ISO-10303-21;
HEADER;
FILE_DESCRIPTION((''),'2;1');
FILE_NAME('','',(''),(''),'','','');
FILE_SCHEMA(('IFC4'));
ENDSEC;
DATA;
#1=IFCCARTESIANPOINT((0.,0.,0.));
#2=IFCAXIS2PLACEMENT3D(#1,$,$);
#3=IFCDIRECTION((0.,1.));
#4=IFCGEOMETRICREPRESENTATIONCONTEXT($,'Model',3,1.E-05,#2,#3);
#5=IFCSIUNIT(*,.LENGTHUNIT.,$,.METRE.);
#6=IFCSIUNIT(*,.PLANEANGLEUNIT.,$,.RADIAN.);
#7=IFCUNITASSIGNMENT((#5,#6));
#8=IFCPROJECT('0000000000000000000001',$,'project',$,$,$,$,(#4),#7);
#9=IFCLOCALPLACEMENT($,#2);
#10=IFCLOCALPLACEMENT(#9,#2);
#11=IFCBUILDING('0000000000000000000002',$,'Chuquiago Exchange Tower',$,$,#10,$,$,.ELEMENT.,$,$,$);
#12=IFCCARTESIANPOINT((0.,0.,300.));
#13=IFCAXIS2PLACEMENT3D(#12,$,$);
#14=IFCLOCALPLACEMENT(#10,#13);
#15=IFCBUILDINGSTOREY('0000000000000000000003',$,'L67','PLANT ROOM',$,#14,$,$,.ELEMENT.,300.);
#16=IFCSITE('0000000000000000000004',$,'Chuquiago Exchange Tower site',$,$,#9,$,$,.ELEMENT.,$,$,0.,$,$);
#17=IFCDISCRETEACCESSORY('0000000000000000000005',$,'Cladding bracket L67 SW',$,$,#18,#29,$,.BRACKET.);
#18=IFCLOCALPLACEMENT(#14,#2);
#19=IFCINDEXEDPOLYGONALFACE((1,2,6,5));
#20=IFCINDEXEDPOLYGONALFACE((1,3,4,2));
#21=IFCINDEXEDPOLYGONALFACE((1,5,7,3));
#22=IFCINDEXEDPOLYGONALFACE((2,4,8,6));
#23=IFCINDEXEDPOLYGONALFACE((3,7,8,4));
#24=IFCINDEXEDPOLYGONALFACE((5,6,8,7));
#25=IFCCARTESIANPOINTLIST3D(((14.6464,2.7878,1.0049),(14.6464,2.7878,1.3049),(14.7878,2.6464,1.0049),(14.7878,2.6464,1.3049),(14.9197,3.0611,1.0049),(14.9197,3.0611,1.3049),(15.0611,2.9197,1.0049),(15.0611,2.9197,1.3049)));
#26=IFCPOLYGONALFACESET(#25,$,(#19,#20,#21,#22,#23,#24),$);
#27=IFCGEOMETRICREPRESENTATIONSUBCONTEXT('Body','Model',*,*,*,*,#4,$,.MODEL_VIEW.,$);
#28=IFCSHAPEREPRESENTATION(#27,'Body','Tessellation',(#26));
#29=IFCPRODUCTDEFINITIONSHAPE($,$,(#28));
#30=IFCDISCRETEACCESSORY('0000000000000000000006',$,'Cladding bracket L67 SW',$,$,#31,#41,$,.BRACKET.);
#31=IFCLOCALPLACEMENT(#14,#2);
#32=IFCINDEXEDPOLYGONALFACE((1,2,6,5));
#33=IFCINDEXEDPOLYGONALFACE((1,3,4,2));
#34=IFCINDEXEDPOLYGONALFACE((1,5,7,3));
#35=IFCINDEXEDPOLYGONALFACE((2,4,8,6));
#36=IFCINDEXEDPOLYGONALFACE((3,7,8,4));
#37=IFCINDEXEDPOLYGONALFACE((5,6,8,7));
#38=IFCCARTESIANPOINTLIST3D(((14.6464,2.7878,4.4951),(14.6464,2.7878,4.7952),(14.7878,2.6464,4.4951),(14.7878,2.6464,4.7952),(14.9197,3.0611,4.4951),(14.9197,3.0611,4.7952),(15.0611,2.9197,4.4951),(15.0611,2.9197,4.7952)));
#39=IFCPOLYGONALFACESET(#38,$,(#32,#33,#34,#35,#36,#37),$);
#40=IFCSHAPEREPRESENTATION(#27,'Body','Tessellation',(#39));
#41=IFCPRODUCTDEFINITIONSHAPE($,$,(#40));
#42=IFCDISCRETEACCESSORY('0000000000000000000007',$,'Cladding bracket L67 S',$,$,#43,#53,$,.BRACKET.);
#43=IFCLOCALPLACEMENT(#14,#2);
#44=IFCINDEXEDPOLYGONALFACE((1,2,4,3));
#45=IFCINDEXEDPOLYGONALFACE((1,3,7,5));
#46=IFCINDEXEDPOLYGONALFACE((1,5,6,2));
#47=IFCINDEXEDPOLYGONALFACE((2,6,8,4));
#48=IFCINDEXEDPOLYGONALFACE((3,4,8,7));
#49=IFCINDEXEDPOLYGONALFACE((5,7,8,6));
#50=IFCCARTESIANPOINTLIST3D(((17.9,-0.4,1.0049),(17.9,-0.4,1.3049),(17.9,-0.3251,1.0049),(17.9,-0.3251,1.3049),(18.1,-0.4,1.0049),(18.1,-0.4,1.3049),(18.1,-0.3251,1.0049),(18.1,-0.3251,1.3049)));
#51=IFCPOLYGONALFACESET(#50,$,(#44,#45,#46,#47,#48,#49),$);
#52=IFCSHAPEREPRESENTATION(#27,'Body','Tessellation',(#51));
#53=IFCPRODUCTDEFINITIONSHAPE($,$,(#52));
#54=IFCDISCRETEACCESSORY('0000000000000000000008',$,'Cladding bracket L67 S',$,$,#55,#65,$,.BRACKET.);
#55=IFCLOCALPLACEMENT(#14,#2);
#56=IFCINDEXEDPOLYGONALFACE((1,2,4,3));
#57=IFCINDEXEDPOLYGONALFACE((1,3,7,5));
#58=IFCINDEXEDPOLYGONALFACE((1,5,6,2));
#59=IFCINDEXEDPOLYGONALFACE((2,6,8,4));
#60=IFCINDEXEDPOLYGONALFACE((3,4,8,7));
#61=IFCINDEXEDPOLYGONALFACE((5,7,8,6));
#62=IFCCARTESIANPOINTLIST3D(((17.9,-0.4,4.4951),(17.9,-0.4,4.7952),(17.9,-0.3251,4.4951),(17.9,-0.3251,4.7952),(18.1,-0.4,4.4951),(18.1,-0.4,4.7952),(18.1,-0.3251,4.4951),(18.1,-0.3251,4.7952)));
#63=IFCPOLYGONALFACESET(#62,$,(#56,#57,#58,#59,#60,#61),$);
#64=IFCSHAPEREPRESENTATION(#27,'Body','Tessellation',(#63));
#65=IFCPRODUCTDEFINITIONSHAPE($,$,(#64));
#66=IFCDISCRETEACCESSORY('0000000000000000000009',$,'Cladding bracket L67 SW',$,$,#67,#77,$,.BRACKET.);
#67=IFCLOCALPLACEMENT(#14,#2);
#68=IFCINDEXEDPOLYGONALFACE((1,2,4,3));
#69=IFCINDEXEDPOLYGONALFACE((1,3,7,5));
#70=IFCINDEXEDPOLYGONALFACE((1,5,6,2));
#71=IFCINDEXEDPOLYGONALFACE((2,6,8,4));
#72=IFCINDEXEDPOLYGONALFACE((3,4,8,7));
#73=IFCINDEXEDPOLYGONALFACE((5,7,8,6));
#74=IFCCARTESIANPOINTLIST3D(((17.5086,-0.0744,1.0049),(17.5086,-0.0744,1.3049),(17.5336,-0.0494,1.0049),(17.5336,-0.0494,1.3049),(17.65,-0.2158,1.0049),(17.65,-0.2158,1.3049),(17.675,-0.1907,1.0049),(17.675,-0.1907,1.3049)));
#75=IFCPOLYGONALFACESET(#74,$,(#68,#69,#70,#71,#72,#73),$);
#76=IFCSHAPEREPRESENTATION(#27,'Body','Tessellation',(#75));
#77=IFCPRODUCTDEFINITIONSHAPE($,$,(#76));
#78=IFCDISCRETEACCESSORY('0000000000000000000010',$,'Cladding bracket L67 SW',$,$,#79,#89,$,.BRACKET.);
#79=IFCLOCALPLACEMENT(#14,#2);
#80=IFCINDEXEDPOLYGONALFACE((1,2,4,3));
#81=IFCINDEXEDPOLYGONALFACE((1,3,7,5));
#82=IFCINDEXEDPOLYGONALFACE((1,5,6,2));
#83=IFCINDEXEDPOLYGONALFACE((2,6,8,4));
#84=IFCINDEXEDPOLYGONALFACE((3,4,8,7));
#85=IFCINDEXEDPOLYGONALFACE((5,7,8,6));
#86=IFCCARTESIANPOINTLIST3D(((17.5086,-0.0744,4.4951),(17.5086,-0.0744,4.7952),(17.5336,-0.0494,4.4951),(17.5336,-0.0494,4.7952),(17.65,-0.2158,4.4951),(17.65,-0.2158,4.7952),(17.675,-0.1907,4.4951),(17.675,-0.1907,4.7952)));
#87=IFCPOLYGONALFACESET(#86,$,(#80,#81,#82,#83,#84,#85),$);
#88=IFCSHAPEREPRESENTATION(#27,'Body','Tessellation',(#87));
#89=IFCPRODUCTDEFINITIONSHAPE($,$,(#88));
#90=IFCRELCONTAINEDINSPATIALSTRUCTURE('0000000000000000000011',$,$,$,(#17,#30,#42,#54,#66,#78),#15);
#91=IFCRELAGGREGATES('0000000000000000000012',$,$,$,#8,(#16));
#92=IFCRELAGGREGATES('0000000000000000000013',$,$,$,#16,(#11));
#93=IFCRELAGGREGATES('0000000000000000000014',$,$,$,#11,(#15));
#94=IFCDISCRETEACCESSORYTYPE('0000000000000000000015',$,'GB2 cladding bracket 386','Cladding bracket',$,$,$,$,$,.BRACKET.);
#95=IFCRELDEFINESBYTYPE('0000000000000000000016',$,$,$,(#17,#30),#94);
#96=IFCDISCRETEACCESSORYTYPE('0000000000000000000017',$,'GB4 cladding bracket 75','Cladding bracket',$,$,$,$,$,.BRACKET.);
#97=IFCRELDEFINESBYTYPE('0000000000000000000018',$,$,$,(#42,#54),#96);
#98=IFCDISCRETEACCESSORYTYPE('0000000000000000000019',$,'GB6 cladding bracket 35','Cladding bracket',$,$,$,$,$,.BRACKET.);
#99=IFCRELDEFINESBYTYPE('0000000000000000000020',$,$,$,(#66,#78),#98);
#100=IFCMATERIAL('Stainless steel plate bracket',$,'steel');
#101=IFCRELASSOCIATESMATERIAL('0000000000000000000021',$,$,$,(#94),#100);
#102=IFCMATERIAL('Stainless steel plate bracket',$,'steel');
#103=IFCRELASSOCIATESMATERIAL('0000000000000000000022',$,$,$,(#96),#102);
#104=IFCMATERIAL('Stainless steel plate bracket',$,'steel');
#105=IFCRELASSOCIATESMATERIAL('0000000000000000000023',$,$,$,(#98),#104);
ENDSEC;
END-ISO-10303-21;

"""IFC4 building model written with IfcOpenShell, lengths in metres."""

from ifc_helpers import new_model, si_unit, direction, frame, origin, origin_2d, place, context, subcontext, project, spatial, rectangle, extrude, material, type_object, element, save


model = new_model("IFC4")

# Units and contexts
model_context = context("Model", 3, precision=1e-05, world=origin(), true_north=direction((0.0, 1.0)))
body_context = subcontext(model_context, "Body", "Model", "MODEL_VIEW")
ifc_project = project(units=[si_unit("LENGTHUNIT", "METRE"), si_unit("PLANEANGLEUNIT", "RADIAN")], contexts=[model_context])

# Site, building, storey
site_placement = place(None, origin())
site = spatial("IfcSite", under=ifc_project, at=site_placement, Name="Chuquiago Exchange Tower site", CompositionType="ELEMENT", RefElevation=0.0)
building_placement = place(site_placement, origin())
building = spatial("IfcBuilding", under=site, at=building_placement, Name="Chuquiago Exchange Tower", CompositionType="ELEMENT")
storey_placement = place(building_placement, frame((0.0, 0.0, 300.0)))
storey = spatial("IfcBuildingStorey", under=building, at=storey_placement, Name="L67", Description="PLANT ROOM", CompositionType="ELEMENT", Elevation=300.0)

# Discrete accessories
ifc_material_1 = material(Name="Stainless steel plate bracket", Category="steel")
discrete_accessory_type_1 = type_object("IfcDiscreteAccessoryType", Name="GB2 cladding bracket 386", Description="Cladding bracket", PredefinedType="BRACKET", material=ifc_material_1)
for number, where, z_axis, x_axis, name in (
    (1, (14.8538, 2.8538, 1.0049), (0.0, 0.0, 1.0), (0.707107, -0.707107, 0.0), "Cladding bracket L67 SW"),
    (2, (14.8538, 2.8538, 4.4951), (0.0, 0.0, 1.0), (0.707107, -0.707107, 0.0), "Cladding bracket L67 SW"),
):
    element("IfcDiscreteAccessory", number, at=place(storey_placement, frame(where, z_axis=z_axis, x_axis=x_axis)), inside=storey, type_object=discrete_accessory_type_1, Name=name, PredefinedType="BRACKET", context=body_context, shape_type="SweptSolid", body=[
        extrude(rectangle(XDim=0.2, YDim=0.3865, at=origin_2d()), origin(), (0.0, 0.0, 1.0), 0.3),
    ])
ifc_material_2 = material(Name="Stainless steel plate bracket", Category="steel")
discrete_accessory_type_2 = type_object("IfcDiscreteAccessoryType", Name="GB4 cladding bracket 75", Description="Cladding bracket", PredefinedType="BRACKET", material=ifc_material_2)
for number, where, z_axis, x_axis, name in (
    (3, (18.0, -0.3625, 1.0049), (0.0, 0.0, 1.0), (1.0, 0.0, 0.0), "Cladding bracket L67 S"),
    (4, (18.0, -0.3625, 4.4951), (0.0, 0.0, 1.0), (1.0, 0.0, 0.0), "Cladding bracket L67 S"),
):
    element("IfcDiscreteAccessory", number, at=place(storey_placement, frame(where, z_axis=z_axis, x_axis=x_axis)), inside=storey, type_object=discrete_accessory_type_2, Name=name, PredefinedType="BRACKET", context=body_context, shape_type="SweptSolid", body=[
        extrude(rectangle(XDim=0.2, YDim=0.075, at=origin_2d()), origin(), (0.0, 0.0, 1.0), 0.3),
    ])
ifc_material_3 = material(Name="Stainless steel plate bracket", Category="steel")
discrete_accessory_type_3 = type_object("IfcDiscreteAccessoryType", Name="GB6 cladding bracket 35", Description="Cladding bracket", PredefinedType="BRACKET", material=ifc_material_3)
for number, where, z_axis, x_axis, name in (
    (5, (17.5918, -0.1326, 1.0049), (0.0, 0.0, 1.0), (0.707107, -0.707107, 0.0), "Cladding bracket L67 SW"),
    (6, (17.5918, -0.1326, 4.4951), (0.0, 0.0, 1.0), (0.707107, -0.707107, 0.0), "Cladding bracket L67 SW"),
):
    element("IfcDiscreteAccessory", number, at=place(storey_placement, frame(where, z_axis=z_axis, x_axis=x_axis)), inside=storey, type_object=discrete_accessory_type_3, Name=name, PredefinedType="BRACKET", context=body_context, shape_type="SweptSolid", body=[
        extrude(rectangle(XDim=0.2, YDim=0.0354, at=origin_2d()), origin(), (0.0, 0.0, 1.0), 0.3),
    ])

save(model, "model.ifc")
